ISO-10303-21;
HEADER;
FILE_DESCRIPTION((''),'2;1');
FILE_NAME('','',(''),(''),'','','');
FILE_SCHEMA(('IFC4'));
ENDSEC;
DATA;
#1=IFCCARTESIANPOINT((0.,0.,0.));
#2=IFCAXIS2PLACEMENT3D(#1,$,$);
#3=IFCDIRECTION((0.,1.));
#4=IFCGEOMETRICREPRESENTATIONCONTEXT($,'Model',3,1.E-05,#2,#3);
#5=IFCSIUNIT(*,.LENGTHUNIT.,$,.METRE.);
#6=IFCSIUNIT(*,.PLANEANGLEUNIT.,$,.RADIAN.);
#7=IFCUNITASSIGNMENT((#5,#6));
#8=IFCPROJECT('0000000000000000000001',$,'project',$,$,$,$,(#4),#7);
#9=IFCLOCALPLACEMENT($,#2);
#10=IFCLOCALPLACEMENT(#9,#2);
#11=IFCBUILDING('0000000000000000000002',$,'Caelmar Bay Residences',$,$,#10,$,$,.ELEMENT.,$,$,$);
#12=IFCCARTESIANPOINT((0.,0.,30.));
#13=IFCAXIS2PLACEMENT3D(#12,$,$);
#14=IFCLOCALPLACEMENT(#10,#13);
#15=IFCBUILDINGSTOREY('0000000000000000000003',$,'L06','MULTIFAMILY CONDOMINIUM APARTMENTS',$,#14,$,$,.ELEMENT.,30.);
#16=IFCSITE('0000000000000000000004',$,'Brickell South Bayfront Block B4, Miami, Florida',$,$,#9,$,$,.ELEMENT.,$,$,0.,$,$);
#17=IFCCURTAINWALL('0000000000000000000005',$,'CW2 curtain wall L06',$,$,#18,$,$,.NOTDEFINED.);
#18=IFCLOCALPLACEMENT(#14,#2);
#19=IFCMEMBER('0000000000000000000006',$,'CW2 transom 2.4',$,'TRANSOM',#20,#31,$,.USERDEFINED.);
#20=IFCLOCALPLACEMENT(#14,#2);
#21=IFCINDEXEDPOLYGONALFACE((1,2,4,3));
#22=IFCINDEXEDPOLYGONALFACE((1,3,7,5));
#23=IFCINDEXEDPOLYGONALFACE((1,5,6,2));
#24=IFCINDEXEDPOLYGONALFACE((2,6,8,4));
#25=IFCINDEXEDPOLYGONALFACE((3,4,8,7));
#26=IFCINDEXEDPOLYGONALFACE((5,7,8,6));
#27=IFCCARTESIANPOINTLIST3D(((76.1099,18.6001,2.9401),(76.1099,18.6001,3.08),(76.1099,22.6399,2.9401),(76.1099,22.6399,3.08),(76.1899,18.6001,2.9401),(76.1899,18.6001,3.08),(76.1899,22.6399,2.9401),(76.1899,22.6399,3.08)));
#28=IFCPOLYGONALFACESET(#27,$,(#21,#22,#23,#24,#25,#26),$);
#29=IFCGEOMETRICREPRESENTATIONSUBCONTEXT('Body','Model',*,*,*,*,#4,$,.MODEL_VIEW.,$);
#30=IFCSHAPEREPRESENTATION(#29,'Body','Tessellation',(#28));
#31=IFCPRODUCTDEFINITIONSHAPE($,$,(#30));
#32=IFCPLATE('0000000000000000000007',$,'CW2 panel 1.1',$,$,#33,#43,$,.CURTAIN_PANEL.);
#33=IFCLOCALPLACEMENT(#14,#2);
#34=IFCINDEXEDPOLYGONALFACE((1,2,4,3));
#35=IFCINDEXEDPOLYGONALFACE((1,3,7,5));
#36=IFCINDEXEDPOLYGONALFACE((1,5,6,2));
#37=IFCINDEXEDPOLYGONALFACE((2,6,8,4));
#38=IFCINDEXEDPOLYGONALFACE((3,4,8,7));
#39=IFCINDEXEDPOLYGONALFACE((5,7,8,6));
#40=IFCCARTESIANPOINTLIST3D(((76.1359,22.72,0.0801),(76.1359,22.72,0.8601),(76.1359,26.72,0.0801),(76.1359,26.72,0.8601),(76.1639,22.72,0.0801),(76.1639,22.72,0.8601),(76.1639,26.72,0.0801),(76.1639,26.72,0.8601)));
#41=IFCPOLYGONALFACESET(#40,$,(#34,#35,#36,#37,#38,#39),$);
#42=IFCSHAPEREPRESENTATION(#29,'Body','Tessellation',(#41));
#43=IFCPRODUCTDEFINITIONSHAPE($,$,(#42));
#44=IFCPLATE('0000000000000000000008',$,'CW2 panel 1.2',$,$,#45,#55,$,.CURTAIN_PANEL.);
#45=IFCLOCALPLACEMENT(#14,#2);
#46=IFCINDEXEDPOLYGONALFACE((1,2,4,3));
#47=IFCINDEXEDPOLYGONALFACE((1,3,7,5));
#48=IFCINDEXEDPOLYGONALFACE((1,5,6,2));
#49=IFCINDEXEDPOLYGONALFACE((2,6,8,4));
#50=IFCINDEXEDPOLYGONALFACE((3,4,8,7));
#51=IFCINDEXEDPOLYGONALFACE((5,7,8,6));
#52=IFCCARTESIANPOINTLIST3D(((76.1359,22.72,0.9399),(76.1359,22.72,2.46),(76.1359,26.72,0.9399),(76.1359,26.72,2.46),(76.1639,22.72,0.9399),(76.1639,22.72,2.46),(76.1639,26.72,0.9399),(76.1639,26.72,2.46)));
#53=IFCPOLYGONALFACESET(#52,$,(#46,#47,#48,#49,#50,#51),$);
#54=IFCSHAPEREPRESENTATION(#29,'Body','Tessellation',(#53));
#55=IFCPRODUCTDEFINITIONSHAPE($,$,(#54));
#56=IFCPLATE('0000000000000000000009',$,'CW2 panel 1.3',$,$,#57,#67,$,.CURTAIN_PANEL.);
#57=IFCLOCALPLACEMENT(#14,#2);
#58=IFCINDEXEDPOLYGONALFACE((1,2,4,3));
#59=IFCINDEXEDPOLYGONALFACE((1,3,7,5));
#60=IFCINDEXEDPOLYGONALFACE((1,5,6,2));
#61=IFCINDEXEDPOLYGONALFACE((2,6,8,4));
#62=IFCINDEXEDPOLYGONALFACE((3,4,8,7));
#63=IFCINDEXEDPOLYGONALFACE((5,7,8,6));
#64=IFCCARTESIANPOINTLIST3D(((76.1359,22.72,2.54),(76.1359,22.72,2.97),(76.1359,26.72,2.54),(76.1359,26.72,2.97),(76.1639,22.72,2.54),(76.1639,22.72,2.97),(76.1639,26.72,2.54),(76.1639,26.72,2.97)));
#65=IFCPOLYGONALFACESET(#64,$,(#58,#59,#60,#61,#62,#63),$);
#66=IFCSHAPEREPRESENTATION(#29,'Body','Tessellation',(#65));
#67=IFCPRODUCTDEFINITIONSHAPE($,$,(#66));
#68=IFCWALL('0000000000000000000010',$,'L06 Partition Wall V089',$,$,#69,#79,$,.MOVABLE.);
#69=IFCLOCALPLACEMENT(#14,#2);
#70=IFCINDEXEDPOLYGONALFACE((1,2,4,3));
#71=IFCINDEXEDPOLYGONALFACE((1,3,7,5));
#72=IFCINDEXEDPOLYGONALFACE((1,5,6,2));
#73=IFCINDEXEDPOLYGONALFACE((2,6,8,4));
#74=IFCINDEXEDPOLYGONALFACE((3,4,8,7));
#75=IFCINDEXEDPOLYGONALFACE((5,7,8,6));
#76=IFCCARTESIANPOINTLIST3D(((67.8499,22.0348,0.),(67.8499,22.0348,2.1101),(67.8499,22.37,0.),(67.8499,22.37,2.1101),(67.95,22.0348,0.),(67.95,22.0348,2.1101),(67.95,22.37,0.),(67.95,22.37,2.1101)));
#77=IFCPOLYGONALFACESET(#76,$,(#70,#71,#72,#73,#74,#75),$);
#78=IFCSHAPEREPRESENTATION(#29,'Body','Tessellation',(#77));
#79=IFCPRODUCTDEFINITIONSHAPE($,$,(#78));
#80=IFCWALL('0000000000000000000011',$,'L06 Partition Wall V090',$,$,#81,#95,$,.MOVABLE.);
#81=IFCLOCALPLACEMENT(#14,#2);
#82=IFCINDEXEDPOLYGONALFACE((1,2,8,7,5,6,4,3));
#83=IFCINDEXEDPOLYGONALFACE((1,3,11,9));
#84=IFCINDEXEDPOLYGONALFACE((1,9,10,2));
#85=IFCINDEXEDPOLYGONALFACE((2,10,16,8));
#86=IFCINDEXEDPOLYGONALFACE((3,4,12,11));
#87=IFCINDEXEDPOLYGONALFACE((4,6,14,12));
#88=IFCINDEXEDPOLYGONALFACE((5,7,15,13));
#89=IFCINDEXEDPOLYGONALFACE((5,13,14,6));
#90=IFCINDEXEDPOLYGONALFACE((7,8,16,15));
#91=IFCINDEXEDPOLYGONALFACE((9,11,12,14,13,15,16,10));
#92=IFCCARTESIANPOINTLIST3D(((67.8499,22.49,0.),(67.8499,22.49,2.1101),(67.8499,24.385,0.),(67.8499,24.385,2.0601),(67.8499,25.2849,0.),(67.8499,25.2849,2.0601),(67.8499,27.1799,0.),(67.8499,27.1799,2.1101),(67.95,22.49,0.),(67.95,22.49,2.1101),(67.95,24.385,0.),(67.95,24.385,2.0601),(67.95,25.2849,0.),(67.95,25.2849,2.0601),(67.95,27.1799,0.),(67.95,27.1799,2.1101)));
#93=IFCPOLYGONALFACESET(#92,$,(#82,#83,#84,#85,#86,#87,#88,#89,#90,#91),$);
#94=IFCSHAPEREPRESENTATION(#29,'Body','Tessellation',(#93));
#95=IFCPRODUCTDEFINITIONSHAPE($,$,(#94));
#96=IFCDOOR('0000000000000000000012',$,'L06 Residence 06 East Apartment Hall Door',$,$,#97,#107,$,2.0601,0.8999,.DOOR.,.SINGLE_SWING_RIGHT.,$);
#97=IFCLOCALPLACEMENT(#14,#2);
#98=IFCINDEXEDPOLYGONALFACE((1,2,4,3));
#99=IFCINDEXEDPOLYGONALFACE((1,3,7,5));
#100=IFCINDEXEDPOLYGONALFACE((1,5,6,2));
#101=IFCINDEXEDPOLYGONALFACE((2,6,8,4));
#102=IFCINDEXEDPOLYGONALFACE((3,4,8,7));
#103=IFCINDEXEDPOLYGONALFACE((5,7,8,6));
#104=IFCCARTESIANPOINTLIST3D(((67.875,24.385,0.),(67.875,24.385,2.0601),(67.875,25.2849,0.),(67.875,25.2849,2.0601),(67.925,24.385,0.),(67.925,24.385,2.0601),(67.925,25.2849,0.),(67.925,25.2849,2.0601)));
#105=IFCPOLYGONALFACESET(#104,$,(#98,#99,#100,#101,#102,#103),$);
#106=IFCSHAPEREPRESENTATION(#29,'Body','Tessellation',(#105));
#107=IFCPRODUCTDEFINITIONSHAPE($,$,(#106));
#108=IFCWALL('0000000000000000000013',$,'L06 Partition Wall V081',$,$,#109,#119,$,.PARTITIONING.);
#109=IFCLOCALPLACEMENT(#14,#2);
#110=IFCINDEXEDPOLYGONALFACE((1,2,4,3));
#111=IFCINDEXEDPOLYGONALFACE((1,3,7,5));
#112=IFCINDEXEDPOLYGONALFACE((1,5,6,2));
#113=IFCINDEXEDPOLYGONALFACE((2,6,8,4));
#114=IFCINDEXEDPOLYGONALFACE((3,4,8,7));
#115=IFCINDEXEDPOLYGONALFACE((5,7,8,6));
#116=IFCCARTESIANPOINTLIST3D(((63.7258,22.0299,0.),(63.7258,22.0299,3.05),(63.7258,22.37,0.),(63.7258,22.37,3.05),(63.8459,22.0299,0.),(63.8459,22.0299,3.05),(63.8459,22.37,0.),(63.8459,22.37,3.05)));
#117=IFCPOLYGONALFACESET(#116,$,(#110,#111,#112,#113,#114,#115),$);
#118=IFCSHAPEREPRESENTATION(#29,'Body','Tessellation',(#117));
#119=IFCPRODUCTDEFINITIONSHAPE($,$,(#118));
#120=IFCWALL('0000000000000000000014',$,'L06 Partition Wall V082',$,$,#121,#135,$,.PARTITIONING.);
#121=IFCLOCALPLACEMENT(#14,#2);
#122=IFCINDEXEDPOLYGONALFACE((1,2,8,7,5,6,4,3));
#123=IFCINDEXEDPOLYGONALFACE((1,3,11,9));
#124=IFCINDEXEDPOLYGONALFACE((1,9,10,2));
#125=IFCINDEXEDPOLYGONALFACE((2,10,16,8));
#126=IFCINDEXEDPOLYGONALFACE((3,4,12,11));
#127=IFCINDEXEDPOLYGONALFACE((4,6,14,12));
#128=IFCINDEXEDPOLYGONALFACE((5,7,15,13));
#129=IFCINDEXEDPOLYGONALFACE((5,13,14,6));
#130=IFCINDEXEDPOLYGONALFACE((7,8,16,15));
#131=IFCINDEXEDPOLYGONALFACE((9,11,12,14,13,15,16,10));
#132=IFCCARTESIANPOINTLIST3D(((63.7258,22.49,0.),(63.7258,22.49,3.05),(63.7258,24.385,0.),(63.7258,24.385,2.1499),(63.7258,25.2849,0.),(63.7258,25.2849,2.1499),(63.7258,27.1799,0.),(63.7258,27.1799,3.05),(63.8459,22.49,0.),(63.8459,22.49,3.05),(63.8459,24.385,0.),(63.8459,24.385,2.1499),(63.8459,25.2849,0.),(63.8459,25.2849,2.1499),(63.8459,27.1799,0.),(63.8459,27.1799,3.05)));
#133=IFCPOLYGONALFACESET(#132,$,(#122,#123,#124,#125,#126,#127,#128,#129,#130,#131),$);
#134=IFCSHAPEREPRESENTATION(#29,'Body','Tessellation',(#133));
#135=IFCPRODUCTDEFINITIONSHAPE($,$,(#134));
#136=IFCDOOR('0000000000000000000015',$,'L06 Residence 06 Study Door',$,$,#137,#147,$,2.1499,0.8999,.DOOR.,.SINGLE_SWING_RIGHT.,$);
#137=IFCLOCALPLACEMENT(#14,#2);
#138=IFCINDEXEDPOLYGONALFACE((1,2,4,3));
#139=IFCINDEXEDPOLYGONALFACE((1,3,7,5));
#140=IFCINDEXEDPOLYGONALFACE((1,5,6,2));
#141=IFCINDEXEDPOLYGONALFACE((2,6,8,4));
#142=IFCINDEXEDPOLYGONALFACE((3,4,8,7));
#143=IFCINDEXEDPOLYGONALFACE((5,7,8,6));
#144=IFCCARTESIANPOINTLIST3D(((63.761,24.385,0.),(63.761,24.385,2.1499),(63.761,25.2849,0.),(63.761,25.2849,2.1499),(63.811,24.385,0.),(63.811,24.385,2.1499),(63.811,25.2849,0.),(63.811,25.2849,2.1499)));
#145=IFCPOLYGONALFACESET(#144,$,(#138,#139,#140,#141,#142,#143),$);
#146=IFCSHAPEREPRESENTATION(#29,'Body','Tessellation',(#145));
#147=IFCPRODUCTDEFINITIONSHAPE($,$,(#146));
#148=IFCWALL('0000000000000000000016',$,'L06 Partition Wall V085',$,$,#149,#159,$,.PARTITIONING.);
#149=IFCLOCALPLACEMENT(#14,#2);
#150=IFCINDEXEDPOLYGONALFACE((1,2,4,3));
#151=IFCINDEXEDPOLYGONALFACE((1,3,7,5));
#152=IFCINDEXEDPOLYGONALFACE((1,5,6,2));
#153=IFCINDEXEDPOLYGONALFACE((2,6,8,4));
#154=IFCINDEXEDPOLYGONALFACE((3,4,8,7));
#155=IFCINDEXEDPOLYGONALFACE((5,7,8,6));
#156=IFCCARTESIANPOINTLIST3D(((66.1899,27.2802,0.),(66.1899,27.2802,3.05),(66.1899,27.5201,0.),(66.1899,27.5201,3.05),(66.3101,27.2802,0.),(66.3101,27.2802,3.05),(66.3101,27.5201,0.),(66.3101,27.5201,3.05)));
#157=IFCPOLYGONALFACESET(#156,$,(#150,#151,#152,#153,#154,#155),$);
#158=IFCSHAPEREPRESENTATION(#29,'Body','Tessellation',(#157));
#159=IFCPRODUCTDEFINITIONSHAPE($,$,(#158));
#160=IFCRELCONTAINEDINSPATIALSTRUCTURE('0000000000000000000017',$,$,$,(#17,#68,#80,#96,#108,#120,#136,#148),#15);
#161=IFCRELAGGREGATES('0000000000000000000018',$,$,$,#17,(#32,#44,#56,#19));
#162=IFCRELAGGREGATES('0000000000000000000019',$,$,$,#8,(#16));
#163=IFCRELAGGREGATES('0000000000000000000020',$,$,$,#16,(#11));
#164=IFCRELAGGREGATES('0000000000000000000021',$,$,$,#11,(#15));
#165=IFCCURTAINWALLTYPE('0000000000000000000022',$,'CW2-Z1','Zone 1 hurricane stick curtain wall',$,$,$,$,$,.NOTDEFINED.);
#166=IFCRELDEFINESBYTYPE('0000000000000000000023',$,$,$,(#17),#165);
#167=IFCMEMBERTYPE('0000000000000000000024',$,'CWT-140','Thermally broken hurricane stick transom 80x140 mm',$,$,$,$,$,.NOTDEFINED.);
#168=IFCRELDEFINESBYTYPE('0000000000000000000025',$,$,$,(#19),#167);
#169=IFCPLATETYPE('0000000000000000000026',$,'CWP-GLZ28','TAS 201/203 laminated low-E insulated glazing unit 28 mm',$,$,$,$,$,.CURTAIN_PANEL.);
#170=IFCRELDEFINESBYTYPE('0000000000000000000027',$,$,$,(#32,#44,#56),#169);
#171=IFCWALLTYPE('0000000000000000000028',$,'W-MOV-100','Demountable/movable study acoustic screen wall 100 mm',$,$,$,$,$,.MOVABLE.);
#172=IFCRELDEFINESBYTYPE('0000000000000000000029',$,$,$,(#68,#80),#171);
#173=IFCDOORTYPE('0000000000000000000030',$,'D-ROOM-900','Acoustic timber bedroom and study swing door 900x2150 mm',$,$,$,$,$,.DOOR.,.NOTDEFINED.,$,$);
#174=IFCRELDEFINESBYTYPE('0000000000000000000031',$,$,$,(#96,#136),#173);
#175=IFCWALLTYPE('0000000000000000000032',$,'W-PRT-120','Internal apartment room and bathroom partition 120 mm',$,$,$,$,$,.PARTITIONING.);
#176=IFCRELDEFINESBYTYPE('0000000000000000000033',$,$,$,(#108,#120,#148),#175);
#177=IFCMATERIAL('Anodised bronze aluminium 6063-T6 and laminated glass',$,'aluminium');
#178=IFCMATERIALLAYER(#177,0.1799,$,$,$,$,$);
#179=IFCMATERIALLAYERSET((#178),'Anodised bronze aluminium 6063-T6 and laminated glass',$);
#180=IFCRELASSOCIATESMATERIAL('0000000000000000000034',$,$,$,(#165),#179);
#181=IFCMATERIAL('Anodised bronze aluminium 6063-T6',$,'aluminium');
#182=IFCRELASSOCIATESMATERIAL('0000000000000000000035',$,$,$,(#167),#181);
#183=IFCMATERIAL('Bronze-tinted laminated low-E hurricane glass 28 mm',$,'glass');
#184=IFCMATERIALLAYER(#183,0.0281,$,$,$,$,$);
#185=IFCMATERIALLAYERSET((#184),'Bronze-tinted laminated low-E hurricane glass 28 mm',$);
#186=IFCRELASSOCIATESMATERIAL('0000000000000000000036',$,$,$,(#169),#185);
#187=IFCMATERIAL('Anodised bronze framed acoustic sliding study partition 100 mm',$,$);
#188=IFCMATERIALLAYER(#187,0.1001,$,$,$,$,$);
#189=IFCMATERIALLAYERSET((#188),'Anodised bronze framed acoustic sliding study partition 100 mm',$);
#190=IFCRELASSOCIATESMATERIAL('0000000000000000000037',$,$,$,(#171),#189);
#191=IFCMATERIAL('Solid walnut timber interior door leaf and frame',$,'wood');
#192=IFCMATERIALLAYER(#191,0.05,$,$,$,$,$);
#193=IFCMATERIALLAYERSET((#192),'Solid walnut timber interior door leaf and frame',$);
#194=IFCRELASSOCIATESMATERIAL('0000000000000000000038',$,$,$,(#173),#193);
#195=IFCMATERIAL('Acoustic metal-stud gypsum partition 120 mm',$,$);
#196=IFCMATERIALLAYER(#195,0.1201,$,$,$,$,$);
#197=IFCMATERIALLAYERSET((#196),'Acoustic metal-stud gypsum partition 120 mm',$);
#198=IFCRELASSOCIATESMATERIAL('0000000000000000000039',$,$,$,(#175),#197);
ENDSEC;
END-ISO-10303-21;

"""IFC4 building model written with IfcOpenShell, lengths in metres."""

from ifc_helpers import new_model, si_unit, direction, frame, frame_2d, origin, origin_2d, place, context, subcontext, project, spatial, rectangle, extrude, material, layer, layer_set, material_profile, profile_set, type_object, element, fill, aggregate, save


model = new_model("IFC4")

# Units and contexts
model_context = context("Model", 3, precision=1e-05, world=origin(), true_north=direction((0.0, 1.0)))
body_context = subcontext(model_context, "Body", "Model", "MODEL_VIEW")
ifc_project = project(units=[si_unit("LENGTHUNIT", "METRE"), si_unit("PLANEANGLEUNIT", "RADIAN")], contexts=[model_context])

# Site, building, storey
site_placement = place(None, origin())
site = spatial("IfcSite", under=ifc_project, at=site_placement, Name="Brickell South Bayfront Block B4, Miami, Florida", CompositionType="ELEMENT", RefElevation=0.0)
building_placement = place(site_placement, origin())
building = spatial("IfcBuilding", under=site, at=building_placement, Name="Caelmar Bay Residences", CompositionType="ELEMENT")
storey_placement = place(building_placement, frame((0.0, 0.0, 30.0)))
storey = spatial("IfcBuildingStorey", under=building, at=storey_placement, Name="L06", Description="MULTIFAMILY CONDOMINIUM APARTMENTS", CompositionType="ELEMENT", Elevation=30.0)

# Curtain wall, member, plates
ifc_material_1 = material(Name="Anodised bronze aluminium 6063-T6 and laminated glass", Category="aluminium")
ifc_layer_1 = layer(ifc_material_1, 0.1799)
ifc_layer_set_1 = layer_set([ifc_layer_1], Name="Anodised bronze aluminium 6063-T6 and laminated glass")
curtain_wall_type = type_object("IfcCurtainWallType", Name="CW2-Z1", Description="Zone 1 hurricane stick curtain wall", PredefinedType="NOTDEFINED", material=ifc_layer_set_1)
curtain_wall_placement = place(storey_placement, origin())
curtain_wall = element("IfcCurtainWall", 1, at=curtain_wall_placement, inside=storey, type_object=curtain_wall_type, Name="CW2 curtain wall L06", PredefinedType="NOTDEFINED")
ifc_material_2 = material(Name="Anodised bronze aluminium 6063-T6", Category="aluminium")
ifc_material_profile_1 = material_profile(ifc_material_2, rectangle(XDim=0.0801, YDim=0.1399, at=origin_2d()), Name="CWT-80X140")
ifc_profile_set_1 = profile_set([ifc_material_profile_1], Name="Anodised bronze aluminium 6063-T6")
member_type_1 = type_object("IfcMemberType", Name="CWT-140", Description="Thermally broken hurricane stick transom 80x140 mm", PredefinedType="NOTDEFINED", material=ifc_profile_set_1)
member_1_placement = place(storey_placement, frame((76.1499, 22.6399, 3.01), z_axis=(0.0, -1.0, 0.0), x_axis=(1.0, 0.0, 0.0)))
member_1 = element("IfcMember", 2, at=member_1_placement, type_object=member_type_1, Name="CW2 transom 2.4", ObjectType="TRANSOM", PredefinedType="USERDEFINED", context=body_context, shape_type="SweptSolid", body=[
    extrude(rectangle(XDim=0.0801, YDim=0.1399, at=origin_2d()), origin(), (0.0, 0.0, 1.0), 4.0398),
])
ifc_material_3 = material(Name="Bronze-tinted laminated low-E hurricane glass 28 mm", Category="glass")
ifc_layer_2 = layer(ifc_material_3, 0.0281)
ifc_layer_set_2 = layer_set([ifc_layer_2], Name="Bronze-tinted laminated low-E hurricane glass 28 mm")
plate_type = type_object("IfcPlateType", Name="CWP-GLZ28", Description="TAS 201/203 laminated low-E insulated glazing unit 28 mm", PredefinedType="CURTAIN_PANEL", material=ifc_layer_set_2)
plate_1_placement = place(storey_placement, frame((76.1499, 24.72, 0.0801), z_axis=(0.0, 0.0, 1.0), x_axis=(0.0, -1.0, 0.0)))
plate_1 = element("IfcPlate", 3, at=plate_1_placement, type_object=plate_type, Name="CW2 panel 1.1", PredefinedType="CURTAIN_PANEL", context=body_context, shape_type="SweptSolid", body=[
    extrude(rectangle(XDim=4.0, YDim=0.0281, at=origin_2d()), origin(), (0.0, 0.0, 1.0), 0.78),
])
plate_2_placement = place(storey_placement, frame((76.1499, 24.72, 0.9399), z_axis=(0.0, 0.0, 1.0), x_axis=(0.0, -1.0, 0.0)))
plate_2 = element("IfcPlate", 4, at=plate_2_placement, type_object=plate_type, Name="CW2 panel 1.2", PredefinedType="CURTAIN_PANEL", context=body_context, shape_type="SweptSolid", body=[
    extrude(rectangle(XDim=4.0, YDim=0.0281, at=origin_2d()), origin(), (0.0, 0.0, 1.0), 1.52),
])
plate_3_placement = place(storey_placement, frame((76.1499, 24.72, 2.54), z_axis=(0.0, 0.0, 1.0), x_axis=(0.0, -1.0, 0.0)))
plate_3 = element("IfcPlate", 5, at=plate_3_placement, type_object=plate_type, Name="CW2 panel 1.3", PredefinedType="CURTAIN_PANEL", context=body_context, shape_type="SweptSolid", body=[
    extrude(rectangle(XDim=4.0, YDim=0.0281, at=origin_2d()), origin(), (0.0, 0.0, 1.0), 0.4299),
])
aggregate(curtain_wall, [plate_1, plate_2, plate_3, member_1])

# Wall
ifc_material_4 = material(Name="Anodised bronze framed acoustic sliding study partition 100 mm")
ifc_layer_3 = layer(ifc_material_4, 0.1001)
ifc_layer_set_3 = layer_set([ifc_layer_3], Name="Anodised bronze framed acoustic sliding study partition 100 mm")
wall_type_1 = type_object("IfcWallType", Name="W-MOV-100", Description="Demountable/movable study acoustic screen wall 100 mm", PredefinedType="MOVABLE", material=ifc_layer_set_3)
wall_1_placement = place(storey_placement, frame((67.8999, 22.0349, 0.0), z_axis=(0.0, 0.0, 1.0), x_axis=(0.0, 1.0, 0.0)))
element("IfcWall", 6, at=wall_1_placement, inside=storey, type_object=wall_type_1, Name="L06 Partition Wall V089", PredefinedType="MOVABLE", context=body_context, shape_type="SweptSolid", body=[
    extrude(rectangle(XDim=0.3352, YDim=0.1001, at=frame_2d((0.1675, 0.0))), origin(), (0.0, 0.0, 1.0), 2.1101),
])

# Wall, opening, door
wall_2_placement = place(storey_placement, frame((67.8999, 22.49, 0.0), z_axis=(0.0, 0.0, 1.0), x_axis=(0.0, 1.0, 0.0)))
wall_2 = element("IfcWall", 7, at=wall_2_placement, inside=storey, type_object=wall_type_1, Name="L06 Partition Wall V090", PredefinedType="MOVABLE", context=body_context, shape_type="SweptSolid", body=[
    extrude(rectangle(XDim=4.6899, YDim=0.1001, at=frame_2d((2.345, 0.0))), origin(), (0.0, 0.0, 1.0), 2.1101),
])
opening_1_placement = place(wall_2_placement, frame((1.895, 0.0, 0.0)))
opening_1 = element("IfcOpeningElement", 8, at=opening_1_placement, cuts=wall_2, PredefinedType="OPENING", context=body_context, shape_type="SweptSolid", body=[
    extrude(rectangle(XDim=0.8999, YDim=2.0601, at=frame_2d((0.45, 1.03))), frame((0.0, 0.0601, 0.0), z_axis=(0.0, -1.0, 0.0), x_axis=(1.0, 0.0, 0.0)), (0.0, 0.0, 1.0), 0.1201),
])
ifc_material_5 = material(Name="Solid walnut timber interior door leaf and frame", Category="wood")
ifc_layer_4 = layer(ifc_material_5, 0.05)
ifc_layer_set_4 = layer_set([ifc_layer_4], Name="Solid walnut timber interior door leaf and frame")
door_type_1 = type_object("IfcDoorType", Name="D-ROOM-900", Description="Acoustic timber bedroom and study swing door 900x2150 mm", OperationType="NOTDEFINED", PredefinedType="DOOR", material=ifc_layer_set_4)
door_1_placement = place(opening_1_placement, origin())
door_1 = element("IfcDoor", 9, at=door_1_placement, inside=storey, type_object=door_type_1, Name="L06 Residence 06 East Apartment Hall Door", OperationType="SINGLE_SWING_RIGHT", OverallHeight=2.0601, OverallWidth=0.8999, PredefinedType="DOOR", context=body_context, shape_type="SweptSolid", body=[
    extrude(rectangle(XDim=0.8999, YDim=2.0601, at=frame_2d((0.45, 1.03))), frame((0.0, 0.0249, 0.0), z_axis=(0.0, -1.0, 0.0), x_axis=(1.0, 0.0, 0.0)), (0.0, 0.0, 1.0), 0.05),
])
fill(opening_1, door_1)

# Wall
ifc_material_6 = material(Name="Acoustic metal-stud gypsum partition 120 mm")
ifc_layer_5 = layer(ifc_material_6, 0.1201)
ifc_layer_set_5 = layer_set([ifc_layer_5], Name="Acoustic metal-stud gypsum partition 120 mm")
wall_type_2 = type_object("IfcWallType", Name="W-PRT-120", Description="Internal apartment room and bathroom partition 120 mm", PredefinedType="PARTITIONING", material=ifc_layer_set_5)
wall_3_placement = place(storey_placement, frame((63.7859, 22.03, 0.0), z_axis=(0.0, 0.0, 1.0), x_axis=(0.0, 1.0, 0.0)))
element("IfcWall", 10, at=wall_3_placement, inside=storey, type_object=wall_type_2, Name="L06 Partition Wall V081", PredefinedType="PARTITIONING", context=body_context, shape_type="SweptSolid", body=[
    extrude(rectangle(XDim=0.3401, YDim=0.1201, at=frame_2d((0.1699, 0.0))), origin(), (0.0, 0.0, 1.0), 3.05),
])

# Wall, opening, door
wall_4_placement = place(storey_placement, frame((63.7859, 22.49, 0.0), z_axis=(0.0, 0.0, 1.0), x_axis=(0.0, 1.0, 0.0)))
wall_4 = element("IfcWall", 11, at=wall_4_placement, inside=storey, type_object=wall_type_2, Name="L06 Partition Wall V082", PredefinedType="PARTITIONING", context=body_context, shape_type="SweptSolid", body=[
    extrude(rectangle(XDim=4.6899, YDim=0.1201, at=frame_2d((2.345, 0.0))), origin(), (0.0, 0.0, 1.0), 3.05),
])
opening_2_placement = place(wall_4_placement, frame((1.895, 0.0, 0.0)))
opening_2 = element("IfcOpeningElement", 12, at=opening_2_placement, cuts=wall_4, PredefinedType="OPENING", context=body_context, shape_type="SweptSolid", body=[
    extrude(rectangle(XDim=0.8999, YDim=2.1499, at=frame_2d((0.45, 1.075))), frame((0.0, 0.0701, 0.0), z_axis=(0.0, -1.0, 0.0), x_axis=(1.0, 0.0, 0.0)), (0.0, 0.0, 1.0), 0.1401),
])
door_2_placement = place(opening_2_placement, origin())
door_2 = element("IfcDoor", 13, at=door_2_placement, inside=storey, type_object=door_type_1, Name="L06 Residence 06 Study Door", OperationType="SINGLE_SWING_RIGHT", OverallHeight=2.1499, OverallWidth=0.8999, PredefinedType="DOOR", context=body_context, shape_type="SweptSolid", body=[
    extrude(rectangle(XDim=0.8999, YDim=2.1499, at=frame_2d((0.45, 1.075))), frame((0.0, 0.0249, 0.0), z_axis=(0.0, -1.0, 0.0), x_axis=(1.0, 0.0, 0.0)), (0.0, 0.0, 1.0), 0.05),
])
fill(opening_2, door_2)

# Wall
wall_5_placement = place(storey_placement, frame((66.25, 27.28, 0.0), z_axis=(0.0, 0.0, 1.0), x_axis=(0.0, 1.0, 0.0)))
element("IfcWall", 14, at=wall_5_placement, inside=storey, type_object=wall_type_2, Name="L06 Partition Wall V085", PredefinedType="PARTITIONING", context=body_context, shape_type="SweptSolid", body=[
    extrude(rectangle(XDim=0.24, YDim=0.1201, at=frame_2d((0.1201, 0.0))), origin(), (0.0, 0.0, 1.0), 3.05),
])

save(model, "model.ifc")
